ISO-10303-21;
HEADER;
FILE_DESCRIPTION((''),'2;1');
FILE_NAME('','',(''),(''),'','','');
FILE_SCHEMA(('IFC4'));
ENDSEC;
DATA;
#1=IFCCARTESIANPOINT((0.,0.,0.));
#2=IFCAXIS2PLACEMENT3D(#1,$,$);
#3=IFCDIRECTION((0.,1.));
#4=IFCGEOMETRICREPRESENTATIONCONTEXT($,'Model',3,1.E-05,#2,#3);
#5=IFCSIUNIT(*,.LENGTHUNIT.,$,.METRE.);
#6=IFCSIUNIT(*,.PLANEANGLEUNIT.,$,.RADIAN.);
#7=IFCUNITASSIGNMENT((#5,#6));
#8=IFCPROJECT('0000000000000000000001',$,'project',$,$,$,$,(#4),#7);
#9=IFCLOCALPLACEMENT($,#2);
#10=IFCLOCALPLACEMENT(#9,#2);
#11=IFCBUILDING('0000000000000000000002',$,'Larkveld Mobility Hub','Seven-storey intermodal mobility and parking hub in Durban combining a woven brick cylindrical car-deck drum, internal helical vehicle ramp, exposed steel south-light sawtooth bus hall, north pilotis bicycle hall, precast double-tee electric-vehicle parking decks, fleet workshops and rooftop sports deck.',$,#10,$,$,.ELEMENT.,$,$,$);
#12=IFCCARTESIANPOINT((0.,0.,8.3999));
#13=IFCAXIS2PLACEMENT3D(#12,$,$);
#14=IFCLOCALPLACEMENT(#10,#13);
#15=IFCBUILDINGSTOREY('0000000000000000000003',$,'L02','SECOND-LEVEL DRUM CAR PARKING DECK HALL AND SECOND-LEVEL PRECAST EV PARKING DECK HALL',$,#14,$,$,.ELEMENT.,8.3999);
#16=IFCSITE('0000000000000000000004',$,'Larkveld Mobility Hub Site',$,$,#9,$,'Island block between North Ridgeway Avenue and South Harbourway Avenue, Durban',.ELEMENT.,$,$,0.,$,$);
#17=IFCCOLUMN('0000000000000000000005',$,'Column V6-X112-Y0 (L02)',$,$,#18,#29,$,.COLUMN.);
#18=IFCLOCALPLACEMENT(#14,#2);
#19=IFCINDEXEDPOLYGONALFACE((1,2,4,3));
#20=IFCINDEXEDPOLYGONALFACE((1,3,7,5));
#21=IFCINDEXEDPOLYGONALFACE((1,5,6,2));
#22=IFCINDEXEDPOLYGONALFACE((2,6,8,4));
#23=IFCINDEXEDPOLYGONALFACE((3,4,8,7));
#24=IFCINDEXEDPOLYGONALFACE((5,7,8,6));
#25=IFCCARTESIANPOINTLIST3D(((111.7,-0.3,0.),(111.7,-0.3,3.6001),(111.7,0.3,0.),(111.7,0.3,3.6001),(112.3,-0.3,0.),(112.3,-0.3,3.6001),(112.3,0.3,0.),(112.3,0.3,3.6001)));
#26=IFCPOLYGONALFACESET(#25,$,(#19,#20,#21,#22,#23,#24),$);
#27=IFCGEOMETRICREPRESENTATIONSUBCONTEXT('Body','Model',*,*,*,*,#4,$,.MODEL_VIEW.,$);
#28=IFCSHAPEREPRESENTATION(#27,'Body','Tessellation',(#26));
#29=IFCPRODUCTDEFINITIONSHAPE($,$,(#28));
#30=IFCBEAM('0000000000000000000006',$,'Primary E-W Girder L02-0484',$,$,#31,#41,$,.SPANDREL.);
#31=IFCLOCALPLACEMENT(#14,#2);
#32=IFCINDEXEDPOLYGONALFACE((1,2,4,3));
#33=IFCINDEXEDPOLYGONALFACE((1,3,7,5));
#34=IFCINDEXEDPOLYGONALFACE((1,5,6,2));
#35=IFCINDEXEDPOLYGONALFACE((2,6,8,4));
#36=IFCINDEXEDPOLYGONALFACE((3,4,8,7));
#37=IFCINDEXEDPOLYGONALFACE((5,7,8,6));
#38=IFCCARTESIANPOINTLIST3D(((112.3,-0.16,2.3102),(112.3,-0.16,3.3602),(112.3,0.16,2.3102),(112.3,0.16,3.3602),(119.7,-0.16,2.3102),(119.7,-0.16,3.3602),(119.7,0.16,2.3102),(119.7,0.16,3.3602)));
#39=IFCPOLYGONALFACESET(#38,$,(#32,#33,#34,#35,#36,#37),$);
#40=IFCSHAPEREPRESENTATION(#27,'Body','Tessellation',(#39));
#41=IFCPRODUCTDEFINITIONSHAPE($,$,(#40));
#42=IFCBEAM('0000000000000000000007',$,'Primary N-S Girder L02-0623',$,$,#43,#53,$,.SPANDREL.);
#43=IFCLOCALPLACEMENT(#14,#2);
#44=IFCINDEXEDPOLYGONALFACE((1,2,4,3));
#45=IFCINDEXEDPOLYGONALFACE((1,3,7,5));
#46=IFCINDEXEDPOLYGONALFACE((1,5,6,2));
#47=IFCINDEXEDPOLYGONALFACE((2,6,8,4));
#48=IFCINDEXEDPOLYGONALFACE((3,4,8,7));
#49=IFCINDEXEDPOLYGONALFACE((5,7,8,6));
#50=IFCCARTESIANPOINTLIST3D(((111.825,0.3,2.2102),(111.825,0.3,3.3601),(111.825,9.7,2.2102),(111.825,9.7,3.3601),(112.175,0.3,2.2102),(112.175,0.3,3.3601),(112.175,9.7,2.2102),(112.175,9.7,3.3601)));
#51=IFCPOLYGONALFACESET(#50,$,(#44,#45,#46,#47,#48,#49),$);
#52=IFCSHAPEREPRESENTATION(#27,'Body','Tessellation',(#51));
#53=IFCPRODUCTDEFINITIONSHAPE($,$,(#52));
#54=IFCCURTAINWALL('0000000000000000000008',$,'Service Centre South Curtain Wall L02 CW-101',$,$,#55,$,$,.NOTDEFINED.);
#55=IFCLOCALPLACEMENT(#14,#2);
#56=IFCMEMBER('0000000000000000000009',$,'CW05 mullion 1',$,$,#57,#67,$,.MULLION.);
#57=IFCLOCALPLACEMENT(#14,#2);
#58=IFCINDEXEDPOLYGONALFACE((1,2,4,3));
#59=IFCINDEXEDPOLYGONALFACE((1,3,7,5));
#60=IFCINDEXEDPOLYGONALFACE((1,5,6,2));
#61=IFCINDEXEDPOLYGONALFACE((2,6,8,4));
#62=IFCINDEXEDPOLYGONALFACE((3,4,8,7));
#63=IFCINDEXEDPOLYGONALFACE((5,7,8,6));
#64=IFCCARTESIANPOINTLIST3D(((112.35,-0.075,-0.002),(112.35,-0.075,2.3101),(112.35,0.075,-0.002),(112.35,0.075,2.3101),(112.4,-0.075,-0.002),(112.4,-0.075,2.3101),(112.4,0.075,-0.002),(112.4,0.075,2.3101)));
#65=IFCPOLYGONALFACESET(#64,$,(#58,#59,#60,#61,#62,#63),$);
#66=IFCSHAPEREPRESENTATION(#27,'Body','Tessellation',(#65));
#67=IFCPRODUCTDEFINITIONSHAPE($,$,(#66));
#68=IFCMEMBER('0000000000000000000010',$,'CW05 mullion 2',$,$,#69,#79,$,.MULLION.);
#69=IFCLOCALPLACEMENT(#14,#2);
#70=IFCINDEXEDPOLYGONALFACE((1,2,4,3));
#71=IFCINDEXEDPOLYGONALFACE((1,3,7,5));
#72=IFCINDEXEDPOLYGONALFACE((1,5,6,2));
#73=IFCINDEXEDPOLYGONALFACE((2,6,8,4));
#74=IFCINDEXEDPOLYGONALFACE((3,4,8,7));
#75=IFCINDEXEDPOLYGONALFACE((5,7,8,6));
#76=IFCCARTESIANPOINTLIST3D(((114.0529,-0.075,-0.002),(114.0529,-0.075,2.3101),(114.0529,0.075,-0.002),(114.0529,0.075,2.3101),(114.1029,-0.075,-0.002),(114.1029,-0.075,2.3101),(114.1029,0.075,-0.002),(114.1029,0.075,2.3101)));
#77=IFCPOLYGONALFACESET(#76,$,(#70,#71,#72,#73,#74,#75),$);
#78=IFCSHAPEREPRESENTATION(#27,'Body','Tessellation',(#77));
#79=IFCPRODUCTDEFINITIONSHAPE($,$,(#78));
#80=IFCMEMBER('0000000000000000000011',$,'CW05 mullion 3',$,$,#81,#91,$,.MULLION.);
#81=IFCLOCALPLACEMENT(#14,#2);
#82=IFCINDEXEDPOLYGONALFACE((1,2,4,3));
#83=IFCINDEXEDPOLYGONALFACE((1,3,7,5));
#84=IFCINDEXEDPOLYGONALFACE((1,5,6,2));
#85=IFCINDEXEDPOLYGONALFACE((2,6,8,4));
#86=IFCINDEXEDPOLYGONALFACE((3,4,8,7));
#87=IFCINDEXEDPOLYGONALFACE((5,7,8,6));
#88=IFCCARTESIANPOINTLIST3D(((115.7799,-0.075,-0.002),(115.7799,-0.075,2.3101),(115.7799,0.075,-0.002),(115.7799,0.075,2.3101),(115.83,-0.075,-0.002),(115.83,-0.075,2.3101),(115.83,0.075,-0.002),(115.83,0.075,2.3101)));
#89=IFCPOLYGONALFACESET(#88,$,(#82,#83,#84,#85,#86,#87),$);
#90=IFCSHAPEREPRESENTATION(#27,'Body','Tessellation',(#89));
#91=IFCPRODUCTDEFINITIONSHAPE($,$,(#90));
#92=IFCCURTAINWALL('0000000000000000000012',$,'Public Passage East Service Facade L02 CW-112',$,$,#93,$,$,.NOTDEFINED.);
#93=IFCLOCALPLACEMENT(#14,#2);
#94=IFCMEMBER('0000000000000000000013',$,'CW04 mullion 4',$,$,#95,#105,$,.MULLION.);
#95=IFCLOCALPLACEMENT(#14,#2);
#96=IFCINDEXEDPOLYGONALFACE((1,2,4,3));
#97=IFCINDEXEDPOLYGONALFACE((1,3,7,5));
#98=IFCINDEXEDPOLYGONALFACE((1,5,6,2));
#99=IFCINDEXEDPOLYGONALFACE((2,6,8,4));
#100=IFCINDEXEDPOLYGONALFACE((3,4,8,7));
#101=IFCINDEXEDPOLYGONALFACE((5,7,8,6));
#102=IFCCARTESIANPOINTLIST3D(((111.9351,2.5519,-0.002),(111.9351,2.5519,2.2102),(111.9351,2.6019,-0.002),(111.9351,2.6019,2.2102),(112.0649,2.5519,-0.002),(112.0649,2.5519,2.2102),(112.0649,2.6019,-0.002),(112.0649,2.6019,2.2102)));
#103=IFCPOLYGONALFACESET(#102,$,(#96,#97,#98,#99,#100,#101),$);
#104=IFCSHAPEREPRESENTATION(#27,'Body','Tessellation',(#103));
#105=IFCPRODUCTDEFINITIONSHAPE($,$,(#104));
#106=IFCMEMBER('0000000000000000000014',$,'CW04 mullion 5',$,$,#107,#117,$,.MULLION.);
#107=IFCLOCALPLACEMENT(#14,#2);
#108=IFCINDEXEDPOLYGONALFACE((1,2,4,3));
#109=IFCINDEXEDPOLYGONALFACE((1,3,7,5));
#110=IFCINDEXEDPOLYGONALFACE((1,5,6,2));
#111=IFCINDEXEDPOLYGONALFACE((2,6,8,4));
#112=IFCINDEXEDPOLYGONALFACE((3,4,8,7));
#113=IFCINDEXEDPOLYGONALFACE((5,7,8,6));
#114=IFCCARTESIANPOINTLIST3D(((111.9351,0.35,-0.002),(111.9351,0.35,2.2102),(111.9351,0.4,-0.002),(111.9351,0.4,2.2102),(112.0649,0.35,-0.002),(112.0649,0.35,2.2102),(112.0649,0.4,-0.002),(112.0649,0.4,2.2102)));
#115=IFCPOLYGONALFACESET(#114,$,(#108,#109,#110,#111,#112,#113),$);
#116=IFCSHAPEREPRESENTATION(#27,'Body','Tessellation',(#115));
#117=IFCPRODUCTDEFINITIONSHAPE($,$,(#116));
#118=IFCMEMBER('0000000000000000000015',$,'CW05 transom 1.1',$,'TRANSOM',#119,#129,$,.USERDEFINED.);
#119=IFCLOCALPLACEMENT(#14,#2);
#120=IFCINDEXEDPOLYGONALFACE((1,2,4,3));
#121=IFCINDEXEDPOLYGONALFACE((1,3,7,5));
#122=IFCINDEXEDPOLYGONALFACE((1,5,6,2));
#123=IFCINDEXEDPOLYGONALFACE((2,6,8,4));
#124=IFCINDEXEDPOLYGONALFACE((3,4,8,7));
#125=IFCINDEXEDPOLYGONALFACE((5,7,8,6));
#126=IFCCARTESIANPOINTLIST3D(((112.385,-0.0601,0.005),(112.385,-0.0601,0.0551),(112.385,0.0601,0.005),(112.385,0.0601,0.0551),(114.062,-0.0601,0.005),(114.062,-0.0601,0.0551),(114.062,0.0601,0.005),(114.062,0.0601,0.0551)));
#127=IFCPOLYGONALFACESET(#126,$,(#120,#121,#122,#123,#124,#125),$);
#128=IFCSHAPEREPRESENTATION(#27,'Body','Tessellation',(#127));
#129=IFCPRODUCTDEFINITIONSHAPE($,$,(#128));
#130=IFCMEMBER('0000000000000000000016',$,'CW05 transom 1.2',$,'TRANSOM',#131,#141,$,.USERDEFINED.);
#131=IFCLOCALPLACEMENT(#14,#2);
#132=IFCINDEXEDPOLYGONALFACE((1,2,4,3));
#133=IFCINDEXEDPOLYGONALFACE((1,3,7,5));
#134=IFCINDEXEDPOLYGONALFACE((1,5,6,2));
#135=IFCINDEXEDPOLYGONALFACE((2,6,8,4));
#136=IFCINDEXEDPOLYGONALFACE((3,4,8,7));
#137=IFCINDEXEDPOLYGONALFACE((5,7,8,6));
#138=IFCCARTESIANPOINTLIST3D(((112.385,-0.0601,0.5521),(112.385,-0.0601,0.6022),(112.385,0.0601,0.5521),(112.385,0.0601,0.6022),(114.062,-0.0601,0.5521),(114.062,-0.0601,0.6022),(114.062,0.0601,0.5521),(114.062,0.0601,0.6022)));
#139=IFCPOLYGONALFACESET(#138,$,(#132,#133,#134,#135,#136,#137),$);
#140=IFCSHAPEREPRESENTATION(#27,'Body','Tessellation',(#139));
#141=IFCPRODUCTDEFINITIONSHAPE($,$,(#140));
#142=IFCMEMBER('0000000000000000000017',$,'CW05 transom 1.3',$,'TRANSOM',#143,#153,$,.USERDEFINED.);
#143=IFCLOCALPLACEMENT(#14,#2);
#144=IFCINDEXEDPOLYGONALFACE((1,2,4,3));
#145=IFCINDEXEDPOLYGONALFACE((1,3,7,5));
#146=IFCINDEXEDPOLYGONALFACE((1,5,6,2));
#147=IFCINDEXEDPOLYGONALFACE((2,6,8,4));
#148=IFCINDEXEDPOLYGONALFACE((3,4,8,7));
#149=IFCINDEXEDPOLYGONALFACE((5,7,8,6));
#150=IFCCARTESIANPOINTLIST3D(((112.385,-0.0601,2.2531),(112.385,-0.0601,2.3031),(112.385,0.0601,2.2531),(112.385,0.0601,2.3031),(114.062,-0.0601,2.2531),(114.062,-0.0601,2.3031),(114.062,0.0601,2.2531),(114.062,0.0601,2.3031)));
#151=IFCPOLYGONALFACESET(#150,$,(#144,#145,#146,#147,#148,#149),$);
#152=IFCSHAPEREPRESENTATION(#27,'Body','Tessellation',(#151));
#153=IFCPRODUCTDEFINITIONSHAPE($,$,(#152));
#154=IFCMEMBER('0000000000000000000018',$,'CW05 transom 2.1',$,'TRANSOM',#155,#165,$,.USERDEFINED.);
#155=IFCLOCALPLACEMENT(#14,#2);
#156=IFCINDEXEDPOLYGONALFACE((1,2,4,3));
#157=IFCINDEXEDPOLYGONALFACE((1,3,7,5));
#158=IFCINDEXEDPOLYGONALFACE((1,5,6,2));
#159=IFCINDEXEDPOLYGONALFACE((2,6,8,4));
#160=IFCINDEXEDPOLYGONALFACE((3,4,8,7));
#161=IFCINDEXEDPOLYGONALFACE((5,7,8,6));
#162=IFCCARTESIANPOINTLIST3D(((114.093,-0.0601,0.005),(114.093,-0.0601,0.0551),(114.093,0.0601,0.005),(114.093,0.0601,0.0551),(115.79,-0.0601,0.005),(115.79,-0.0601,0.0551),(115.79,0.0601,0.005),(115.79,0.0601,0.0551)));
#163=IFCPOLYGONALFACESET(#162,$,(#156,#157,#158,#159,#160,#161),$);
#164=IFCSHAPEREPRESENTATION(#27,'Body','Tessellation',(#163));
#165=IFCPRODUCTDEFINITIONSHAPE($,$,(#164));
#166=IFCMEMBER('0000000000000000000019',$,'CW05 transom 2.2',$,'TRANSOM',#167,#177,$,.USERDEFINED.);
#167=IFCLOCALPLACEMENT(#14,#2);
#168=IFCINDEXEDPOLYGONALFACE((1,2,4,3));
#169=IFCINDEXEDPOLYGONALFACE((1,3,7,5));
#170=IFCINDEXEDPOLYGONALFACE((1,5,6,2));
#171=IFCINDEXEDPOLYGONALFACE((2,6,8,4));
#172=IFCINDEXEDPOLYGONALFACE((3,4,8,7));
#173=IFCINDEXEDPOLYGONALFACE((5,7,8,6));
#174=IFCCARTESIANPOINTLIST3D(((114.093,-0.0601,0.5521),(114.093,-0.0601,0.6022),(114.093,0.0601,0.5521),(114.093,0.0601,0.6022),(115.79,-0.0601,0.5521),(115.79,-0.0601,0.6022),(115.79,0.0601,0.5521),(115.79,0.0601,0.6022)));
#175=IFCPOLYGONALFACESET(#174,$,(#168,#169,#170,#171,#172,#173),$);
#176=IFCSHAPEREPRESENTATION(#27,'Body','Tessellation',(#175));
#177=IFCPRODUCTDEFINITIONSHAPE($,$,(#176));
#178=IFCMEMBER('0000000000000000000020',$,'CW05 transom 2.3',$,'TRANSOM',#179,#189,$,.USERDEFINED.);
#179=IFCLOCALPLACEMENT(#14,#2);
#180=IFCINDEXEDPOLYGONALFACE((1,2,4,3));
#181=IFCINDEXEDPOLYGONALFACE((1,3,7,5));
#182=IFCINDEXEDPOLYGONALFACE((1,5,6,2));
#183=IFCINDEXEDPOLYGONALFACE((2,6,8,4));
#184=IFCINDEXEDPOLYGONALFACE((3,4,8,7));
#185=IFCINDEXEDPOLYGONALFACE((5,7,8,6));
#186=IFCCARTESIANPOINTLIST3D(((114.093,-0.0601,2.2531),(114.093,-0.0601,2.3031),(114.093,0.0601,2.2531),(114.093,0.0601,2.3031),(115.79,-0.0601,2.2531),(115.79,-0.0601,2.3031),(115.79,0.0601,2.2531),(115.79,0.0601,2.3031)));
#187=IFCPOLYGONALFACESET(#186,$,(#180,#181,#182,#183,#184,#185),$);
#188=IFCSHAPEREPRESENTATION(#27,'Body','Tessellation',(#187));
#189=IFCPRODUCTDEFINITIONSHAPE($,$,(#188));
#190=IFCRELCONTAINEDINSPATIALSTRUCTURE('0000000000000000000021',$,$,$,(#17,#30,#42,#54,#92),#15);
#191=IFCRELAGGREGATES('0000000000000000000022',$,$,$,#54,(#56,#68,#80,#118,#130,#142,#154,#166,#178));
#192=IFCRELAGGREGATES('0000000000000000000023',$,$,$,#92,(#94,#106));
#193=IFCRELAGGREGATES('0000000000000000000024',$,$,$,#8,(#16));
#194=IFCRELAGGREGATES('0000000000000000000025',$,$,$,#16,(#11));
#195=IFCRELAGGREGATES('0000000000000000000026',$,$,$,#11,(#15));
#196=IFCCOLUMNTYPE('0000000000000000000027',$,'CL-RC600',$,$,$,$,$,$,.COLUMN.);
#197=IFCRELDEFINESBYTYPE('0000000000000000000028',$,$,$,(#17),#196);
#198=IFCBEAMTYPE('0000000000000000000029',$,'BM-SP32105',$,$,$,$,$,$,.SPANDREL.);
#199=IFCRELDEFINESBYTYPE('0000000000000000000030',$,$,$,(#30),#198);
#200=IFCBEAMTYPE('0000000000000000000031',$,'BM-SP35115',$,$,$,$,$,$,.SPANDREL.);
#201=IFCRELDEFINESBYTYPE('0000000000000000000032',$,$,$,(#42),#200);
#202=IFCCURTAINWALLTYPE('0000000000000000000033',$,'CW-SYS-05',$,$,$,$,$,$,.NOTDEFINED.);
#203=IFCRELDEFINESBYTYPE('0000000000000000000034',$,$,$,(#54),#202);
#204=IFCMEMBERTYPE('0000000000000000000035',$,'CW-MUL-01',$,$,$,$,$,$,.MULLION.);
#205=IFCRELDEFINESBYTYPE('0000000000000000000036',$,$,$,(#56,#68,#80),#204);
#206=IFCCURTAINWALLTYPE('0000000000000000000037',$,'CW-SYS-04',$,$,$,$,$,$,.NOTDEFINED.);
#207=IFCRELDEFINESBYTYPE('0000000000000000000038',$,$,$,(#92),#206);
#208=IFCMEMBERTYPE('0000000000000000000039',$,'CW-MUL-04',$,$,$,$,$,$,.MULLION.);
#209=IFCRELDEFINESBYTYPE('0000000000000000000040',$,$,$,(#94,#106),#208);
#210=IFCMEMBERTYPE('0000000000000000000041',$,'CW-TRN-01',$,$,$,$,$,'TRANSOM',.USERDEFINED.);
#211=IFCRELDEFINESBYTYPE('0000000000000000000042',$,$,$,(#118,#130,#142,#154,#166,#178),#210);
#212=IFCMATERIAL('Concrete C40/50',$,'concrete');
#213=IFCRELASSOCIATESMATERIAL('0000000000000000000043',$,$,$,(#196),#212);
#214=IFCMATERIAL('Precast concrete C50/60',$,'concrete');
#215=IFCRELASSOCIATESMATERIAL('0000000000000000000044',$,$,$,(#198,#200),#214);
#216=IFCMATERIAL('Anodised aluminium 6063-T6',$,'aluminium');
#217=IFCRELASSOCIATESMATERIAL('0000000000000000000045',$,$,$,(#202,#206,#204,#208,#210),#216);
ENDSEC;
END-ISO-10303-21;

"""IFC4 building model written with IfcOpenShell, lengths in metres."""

from ifc_helpers import new_model, si_unit, direction, frame, origin, origin_2d, place, context, subcontext, project, spatial, rectangle, extrude, material, material_profile, profile_set, type_object, element, aggregate, save


model = new_model("IFC4")

# Units and contexts
model_context = context("Model", 3, precision=1e-05, world=origin(), true_north=direction((0.0, 1.0)))
body_context = subcontext(model_context, "Body", "Model", "MODEL_VIEW")
ifc_project = project(units=[si_unit("LENGTHUNIT", "METRE"), si_unit("PLANEANGLEUNIT", "RADIAN")], contexts=[model_context])

# Site, building, storey
site_placement = place(None, origin())
site = spatial("IfcSite", under=ifc_project, at=site_placement, Name="Larkveld Mobility Hub Site", LongName="Island block between North Ridgeway Avenue and South Harbourway Avenue, Durban", CompositionType="ELEMENT", RefElevation=0.0)
building_placement = place(site_placement, origin())
building = spatial("IfcBuilding", under=site, at=building_placement, Name="Larkveld Mobility Hub", Description="Seven-storey intermodal mobility and parking hub in Durban combining a woven brick cylindrical car-deck drum, internal helical vehicle ramp, exposed steel south-light sawtooth bus hall, north pilotis bicycle hall, precast double-tee electric-vehicle parking decks, fleet workshops and rooftop sports deck.", CompositionType="ELEMENT")
storey_placement = place(building_placement, frame((0.0, 0.0, 8.3999)))
storey = spatial("IfcBuildingStorey", under=building, at=storey_placement, Name="L02", Description="SECOND-LEVEL DRUM CAR PARKING DECK HALL AND SECOND-LEVEL PRECAST EV PARKING DECK HALL", CompositionType="ELEMENT", Elevation=8.3999)

# Column
ifc_material_1 = material(Name="Concrete C40/50", Category="concrete")
ifc_material_profile_1 = material_profile(ifc_material_1, rectangle(XDim=0.6001, YDim=0.6001, at=origin_2d()), Name="RC COL 600x600")
ifc_profile_set_1 = profile_set([ifc_material_profile_1], Name="Concrete C40/50")
column_type = type_object("IfcColumnType", Name="CL-RC600", PredefinedType="COLUMN", material=ifc_profile_set_1)
column_placement = place(storey_placement, frame((112.0, 0.0, 0.0), z_axis=(0.0, 0.0, 1.0), x_axis=(1.0, 0.0, 0.0)))
element("IfcColumn", 1, at=column_placement, inside=storey, type_object=column_type, Name="Column V6-X112-Y0 (L02)", PredefinedType="COLUMN", context=body_context, shape_type="SweptSolid", body=[
    extrude(rectangle(XDim=0.6001, YDim=0.6001, at=origin_2d()), origin(), (0.0, 0.0, 1.0), 3.6001),
])

# Beams
ifc_material_2 = material(Name="Precast concrete C50/60", Category="concrete")
ifc_material_profile_2 = material_profile(ifc_material_2, rectangle(XDim=0.3201, YDim=1.05, at=origin_2d()), Name="PC SP 320x1050")
ifc_profile_set_2 = profile_set([ifc_material_profile_2], Name="Precast concrete C50/60")
beam_type_1 = type_object("IfcBeamType", Name="BM-SP32105", PredefinedType="SPANDREL", material=ifc_profile_set_2)
beam_1_placement = place(storey_placement, frame((112.3, 0.0, 2.8352), z_axis=(1.0, 0.0, 0.0), x_axis=(0.0, 1.0, 0.0)))
element("IfcBeam", 2, at=beam_1_placement, inside=storey, type_object=beam_type_1, Name="Primary E-W Girder L02-0484", PredefinedType="SPANDREL", context=body_context, shape_type="SweptSolid", body=[
    extrude(rectangle(XDim=0.3201, YDim=1.05, at=origin_2d()), origin(), (0.0, 0.0, 1.0), 7.3999),
])
ifc_material_profile_3 = material_profile(ifc_material_2, rectangle(XDim=0.3501, YDim=1.1499, at=origin_2d()), Name="PC SP 350x1150")
ifc_profile_set_3 = profile_set([ifc_material_profile_3], Name="Precast concrete C50/60")
beam_type_2 = type_object("IfcBeamType", Name="BM-SP35115", PredefinedType="SPANDREL", material=ifc_profile_set_3)
beam_2_placement = place(storey_placement, frame((112.0, 0.3, 2.7852), z_axis=(0.0, 1.0, 0.0), x_axis=(-1.0, 0.0, 0.0)))
element("IfcBeam", 3, at=beam_2_placement, inside=storey, type_object=beam_type_2, Name="Primary N-S Girder L02-0623", PredefinedType="SPANDREL", context=body_context, shape_type="SweptSolid", body=[
    extrude(rectangle(XDim=0.3501, YDim=1.1499, at=origin_2d()), origin(), (0.0, 0.0, 1.0), 9.3999),
])

# Curtain walls, members
ifc_material_3 = material(Name="Anodised aluminium 6063-T6", Category="aluminium")
curtain_wall_type_1 = type_object("IfcCurtainWallType", Name="CW-SYS-05", PredefinedType="NOTDEFINED", material=ifc_material_3)
curtain_wall_1_placement = place(storey_placement, origin())
curtain_wall_1 = element("IfcCurtainWall", 4, at=curtain_wall_1_placement, inside=storey, type_object=curtain_wall_type_1, Name="Service Centre South Curtain Wall L02 CW-101", PredefinedType="NOTDEFINED")
ifc_material_profile_4 = material_profile(ifc_material_3, rectangle(XDim=0.05, YDim=0.1499, at=origin_2d()), Name="ALU MULL 50x150")
ifc_profile_set_4 = profile_set([ifc_material_profile_4], Name="Anodised aluminium 6063-T6")
member_type_1 = type_object("IfcMemberType", Name="CW-MUL-01", PredefinedType="MULLION", material=ifc_profile_set_4)
member_1_placement = place(storey_placement, frame((112.375, 0.0, -0.002), z_axis=(0.0, 0.0, 1.0), x_axis=(1.0, 0.0, 0.0)))
member_1 = element("IfcMember", 5, at=member_1_placement, type_object=member_type_1, Name="CW05 mullion 1", PredefinedType="MULLION", context=body_context, shape_type="SweptSolid", body=[
    extrude(rectangle(XDim=0.05, YDim=0.1499, at=origin_2d()), origin(), (0.0, 0.0, 1.0), 2.312),
])
member_2_placement = place(storey_placement, frame((114.0779, 0.0, -0.002), z_axis=(0.0, 0.0, 1.0), x_axis=(1.0, 0.0, 0.0)))
member_2 = element("IfcMember", 6, at=member_2_placement, type_object=member_type_1, Name="CW05 mullion 2", PredefinedType="MULLION", context=body_context, shape_type="SweptSolid", body=[
    extrude(rectangle(XDim=0.05, YDim=0.1499, at=origin_2d()), origin(), (0.0, 0.0, 1.0), 2.312),
])
member_3_placement = place(storey_placement, frame((115.8049, 0.0, -0.002), z_axis=(0.0, 0.0, 1.0), x_axis=(1.0, 0.0, 0.0)))
member_3 = element("IfcMember", 7, at=member_3_placement, type_object=member_type_1, Name="CW05 mullion 3", PredefinedType="MULLION", context=body_context, shape_type="SweptSolid", body=[
    extrude(rectangle(XDim=0.05, YDim=0.1499, at=origin_2d()), origin(), (0.0, 0.0, 1.0), 2.312),
])
curtain_wall_type_2 = type_object("IfcCurtainWallType", Name="CW-SYS-04", PredefinedType="NOTDEFINED", material=ifc_material_3)
curtain_wall_2_placement = place(storey_placement, origin())
curtain_wall_2 = element("IfcCurtainWall", 8, at=curtain_wall_2_placement, inside=storey, type_object=curtain_wall_type_2, Name="Public Passage East Service Facade L02 CW-112", PredefinedType="NOTDEFINED")
ifc_material_profile_5 = material_profile(ifc_material_3, rectangle(XDim=0.05, YDim=0.1299, at=origin_2d()), Name="ALU MULL 50x130")
ifc_profile_set_5 = profile_set([ifc_material_profile_5], Name="Anodised aluminium 6063-T6")
member_type_2 = type_object("IfcMemberType", Name="CW-MUL-04", PredefinedType="MULLION", material=ifc_profile_set_5)
member_4_placement = place(storey_placement, frame((112.0, 2.5769, -0.002), z_axis=(0.0, 0.0, 1.0), x_axis=(0.0, -1.0, 0.0)))
member_4 = element("IfcMember", 9, at=member_4_placement, type_object=member_type_2, Name="CW04 mullion 4", PredefinedType="MULLION", context=body_context, shape_type="SweptSolid", body=[
    extrude(rectangle(XDim=0.05, YDim=0.1299, at=origin_2d()), origin(), (0.0, 0.0, 1.0), 2.2122),
])
member_5_placement = place(storey_placement, frame((112.0, 0.375, -0.002), z_axis=(0.0, 0.0, 1.0), x_axis=(0.0, -1.0, 0.0)))
member_5 = element("IfcMember", 10, at=member_5_placement, type_object=member_type_2, Name="CW04 mullion 5", PredefinedType="MULLION", context=body_context, shape_type="SweptSolid", body=[
    extrude(rectangle(XDim=0.05, YDim=0.1299, at=origin_2d()), origin(), (0.0, 0.0, 1.0), 2.2122),
])

# Members
ifc_material_profile_6 = material_profile(ifc_material_3, rectangle(XDim=0.1201, YDim=0.05, at=origin_2d()), Name="ALU TRAN 50x120")
ifc_profile_set_6 = profile_set([ifc_material_profile_6], Name="Anodised aluminium 6063-T6")
member_type_3 = type_object("IfcMemberType", Name="CW-TRN-01", ElementType="TRANSOM", PredefinedType="USERDEFINED", material=ifc_profile_set_6)
member_6_placement = place(storey_placement, frame((112.385, 0.0, 0.03), z_axis=(1.0, 0.0, 0.0), x_axis=(0.0, 1.0, 0.0)))
member_6 = element("IfcMember", 11, at=member_6_placement, type_object=member_type_3, Name="CW05 transom 1.1", ObjectType="TRANSOM", PredefinedType="USERDEFINED", context=body_context, shape_type="SweptSolid", body=[
    extrude(rectangle(XDim=0.1201, YDim=0.05, at=origin_2d()), origin(), (0.0, 0.0, 1.0), 1.677),
])
member_7_placement = place(storey_placement, frame((112.385, 0.0, 0.5771), z_axis=(1.0, 0.0, 0.0), x_axis=(0.0, 1.0, 0.0)))
member_7 = element("IfcMember", 12, at=member_7_placement, type_object=member_type_3, Name="CW05 transom 1.2", ObjectType="TRANSOM", PredefinedType="USERDEFINED", context=body_context, shape_type="SweptSolid", body=[
    extrude(rectangle(XDim=0.1201, YDim=0.05, at=origin_2d()), origin(), (0.0, 0.0, 1.0), 1.677),
])
member_8_placement = place(storey_placement, frame((112.385, 0.0, 2.2781), z_axis=(1.0, 0.0, 0.0), x_axis=(0.0, 1.0, 0.0)))
member_8 = element("IfcMember", 13, at=member_8_placement, type_object=member_type_3, Name="CW05 transom 1.3", ObjectType="TRANSOM", PredefinedType="USERDEFINED", context=body_context, shape_type="SweptSolid", body=[
    extrude(rectangle(XDim=0.1201, YDim=0.05, at=origin_2d()), origin(), (0.0, 0.0, 1.0), 1.677),
])
member_9_placement = place(storey_placement, frame((114.093, 0.0, 0.03), z_axis=(1.0, 0.0, 0.0), x_axis=(0.0, 1.0, 0.0)))
member_9 = element("IfcMember", 14, at=member_9_placement, type_object=member_type_3, Name="CW05 transom 2.1", ObjectType="TRANSOM", PredefinedType="USERDEFINED", context=body_context, shape_type="SweptSolid", body=[
    extrude(rectangle(XDim=0.1201, YDim=0.05, at=origin_2d()), origin(), (0.0, 0.0, 1.0), 1.697),
])
member_10_placement = place(storey_placement, frame((114.093, 0.0, 0.5771), z_axis=(1.0, 0.0, 0.0), x_axis=(0.0, 1.0, 0.0)))
member_10 = element("IfcMember", 15, at=member_10_placement, type_object=member_type_3, Name="CW05 transom 2.2", ObjectType="TRANSOM", PredefinedType="USERDEFINED", context=body_context, shape_type="SweptSolid", body=[
    extrude(rectangle(XDim=0.1201, YDim=0.05, at=origin_2d()), origin(), (0.0, 0.0, 1.0), 1.697),
])
member_11_placement = place(storey_placement, frame((114.093, 0.0, 2.2781), z_axis=(1.0, 0.0, 0.0), x_axis=(0.0, 1.0, 0.0)))
member_11 = element("IfcMember", 16, at=member_11_placement, type_object=member_type_3, Name="CW05 transom 2.3", ObjectType="TRANSOM", PredefinedType="USERDEFINED", context=body_context, shape_type="SweptSolid", body=[
    extrude(rectangle(XDim=0.1201, YDim=0.05, at=origin_2d()), origin(), (0.0, 0.0, 1.0), 1.697),
])

aggregate(curtain_wall_1, [member_1, member_2, member_3, member_6, member_7, member_8, member_9, member_10, member_11])
aggregate(curtain_wall_2, [member_4, member_5])

save(model, "model.ifc")
